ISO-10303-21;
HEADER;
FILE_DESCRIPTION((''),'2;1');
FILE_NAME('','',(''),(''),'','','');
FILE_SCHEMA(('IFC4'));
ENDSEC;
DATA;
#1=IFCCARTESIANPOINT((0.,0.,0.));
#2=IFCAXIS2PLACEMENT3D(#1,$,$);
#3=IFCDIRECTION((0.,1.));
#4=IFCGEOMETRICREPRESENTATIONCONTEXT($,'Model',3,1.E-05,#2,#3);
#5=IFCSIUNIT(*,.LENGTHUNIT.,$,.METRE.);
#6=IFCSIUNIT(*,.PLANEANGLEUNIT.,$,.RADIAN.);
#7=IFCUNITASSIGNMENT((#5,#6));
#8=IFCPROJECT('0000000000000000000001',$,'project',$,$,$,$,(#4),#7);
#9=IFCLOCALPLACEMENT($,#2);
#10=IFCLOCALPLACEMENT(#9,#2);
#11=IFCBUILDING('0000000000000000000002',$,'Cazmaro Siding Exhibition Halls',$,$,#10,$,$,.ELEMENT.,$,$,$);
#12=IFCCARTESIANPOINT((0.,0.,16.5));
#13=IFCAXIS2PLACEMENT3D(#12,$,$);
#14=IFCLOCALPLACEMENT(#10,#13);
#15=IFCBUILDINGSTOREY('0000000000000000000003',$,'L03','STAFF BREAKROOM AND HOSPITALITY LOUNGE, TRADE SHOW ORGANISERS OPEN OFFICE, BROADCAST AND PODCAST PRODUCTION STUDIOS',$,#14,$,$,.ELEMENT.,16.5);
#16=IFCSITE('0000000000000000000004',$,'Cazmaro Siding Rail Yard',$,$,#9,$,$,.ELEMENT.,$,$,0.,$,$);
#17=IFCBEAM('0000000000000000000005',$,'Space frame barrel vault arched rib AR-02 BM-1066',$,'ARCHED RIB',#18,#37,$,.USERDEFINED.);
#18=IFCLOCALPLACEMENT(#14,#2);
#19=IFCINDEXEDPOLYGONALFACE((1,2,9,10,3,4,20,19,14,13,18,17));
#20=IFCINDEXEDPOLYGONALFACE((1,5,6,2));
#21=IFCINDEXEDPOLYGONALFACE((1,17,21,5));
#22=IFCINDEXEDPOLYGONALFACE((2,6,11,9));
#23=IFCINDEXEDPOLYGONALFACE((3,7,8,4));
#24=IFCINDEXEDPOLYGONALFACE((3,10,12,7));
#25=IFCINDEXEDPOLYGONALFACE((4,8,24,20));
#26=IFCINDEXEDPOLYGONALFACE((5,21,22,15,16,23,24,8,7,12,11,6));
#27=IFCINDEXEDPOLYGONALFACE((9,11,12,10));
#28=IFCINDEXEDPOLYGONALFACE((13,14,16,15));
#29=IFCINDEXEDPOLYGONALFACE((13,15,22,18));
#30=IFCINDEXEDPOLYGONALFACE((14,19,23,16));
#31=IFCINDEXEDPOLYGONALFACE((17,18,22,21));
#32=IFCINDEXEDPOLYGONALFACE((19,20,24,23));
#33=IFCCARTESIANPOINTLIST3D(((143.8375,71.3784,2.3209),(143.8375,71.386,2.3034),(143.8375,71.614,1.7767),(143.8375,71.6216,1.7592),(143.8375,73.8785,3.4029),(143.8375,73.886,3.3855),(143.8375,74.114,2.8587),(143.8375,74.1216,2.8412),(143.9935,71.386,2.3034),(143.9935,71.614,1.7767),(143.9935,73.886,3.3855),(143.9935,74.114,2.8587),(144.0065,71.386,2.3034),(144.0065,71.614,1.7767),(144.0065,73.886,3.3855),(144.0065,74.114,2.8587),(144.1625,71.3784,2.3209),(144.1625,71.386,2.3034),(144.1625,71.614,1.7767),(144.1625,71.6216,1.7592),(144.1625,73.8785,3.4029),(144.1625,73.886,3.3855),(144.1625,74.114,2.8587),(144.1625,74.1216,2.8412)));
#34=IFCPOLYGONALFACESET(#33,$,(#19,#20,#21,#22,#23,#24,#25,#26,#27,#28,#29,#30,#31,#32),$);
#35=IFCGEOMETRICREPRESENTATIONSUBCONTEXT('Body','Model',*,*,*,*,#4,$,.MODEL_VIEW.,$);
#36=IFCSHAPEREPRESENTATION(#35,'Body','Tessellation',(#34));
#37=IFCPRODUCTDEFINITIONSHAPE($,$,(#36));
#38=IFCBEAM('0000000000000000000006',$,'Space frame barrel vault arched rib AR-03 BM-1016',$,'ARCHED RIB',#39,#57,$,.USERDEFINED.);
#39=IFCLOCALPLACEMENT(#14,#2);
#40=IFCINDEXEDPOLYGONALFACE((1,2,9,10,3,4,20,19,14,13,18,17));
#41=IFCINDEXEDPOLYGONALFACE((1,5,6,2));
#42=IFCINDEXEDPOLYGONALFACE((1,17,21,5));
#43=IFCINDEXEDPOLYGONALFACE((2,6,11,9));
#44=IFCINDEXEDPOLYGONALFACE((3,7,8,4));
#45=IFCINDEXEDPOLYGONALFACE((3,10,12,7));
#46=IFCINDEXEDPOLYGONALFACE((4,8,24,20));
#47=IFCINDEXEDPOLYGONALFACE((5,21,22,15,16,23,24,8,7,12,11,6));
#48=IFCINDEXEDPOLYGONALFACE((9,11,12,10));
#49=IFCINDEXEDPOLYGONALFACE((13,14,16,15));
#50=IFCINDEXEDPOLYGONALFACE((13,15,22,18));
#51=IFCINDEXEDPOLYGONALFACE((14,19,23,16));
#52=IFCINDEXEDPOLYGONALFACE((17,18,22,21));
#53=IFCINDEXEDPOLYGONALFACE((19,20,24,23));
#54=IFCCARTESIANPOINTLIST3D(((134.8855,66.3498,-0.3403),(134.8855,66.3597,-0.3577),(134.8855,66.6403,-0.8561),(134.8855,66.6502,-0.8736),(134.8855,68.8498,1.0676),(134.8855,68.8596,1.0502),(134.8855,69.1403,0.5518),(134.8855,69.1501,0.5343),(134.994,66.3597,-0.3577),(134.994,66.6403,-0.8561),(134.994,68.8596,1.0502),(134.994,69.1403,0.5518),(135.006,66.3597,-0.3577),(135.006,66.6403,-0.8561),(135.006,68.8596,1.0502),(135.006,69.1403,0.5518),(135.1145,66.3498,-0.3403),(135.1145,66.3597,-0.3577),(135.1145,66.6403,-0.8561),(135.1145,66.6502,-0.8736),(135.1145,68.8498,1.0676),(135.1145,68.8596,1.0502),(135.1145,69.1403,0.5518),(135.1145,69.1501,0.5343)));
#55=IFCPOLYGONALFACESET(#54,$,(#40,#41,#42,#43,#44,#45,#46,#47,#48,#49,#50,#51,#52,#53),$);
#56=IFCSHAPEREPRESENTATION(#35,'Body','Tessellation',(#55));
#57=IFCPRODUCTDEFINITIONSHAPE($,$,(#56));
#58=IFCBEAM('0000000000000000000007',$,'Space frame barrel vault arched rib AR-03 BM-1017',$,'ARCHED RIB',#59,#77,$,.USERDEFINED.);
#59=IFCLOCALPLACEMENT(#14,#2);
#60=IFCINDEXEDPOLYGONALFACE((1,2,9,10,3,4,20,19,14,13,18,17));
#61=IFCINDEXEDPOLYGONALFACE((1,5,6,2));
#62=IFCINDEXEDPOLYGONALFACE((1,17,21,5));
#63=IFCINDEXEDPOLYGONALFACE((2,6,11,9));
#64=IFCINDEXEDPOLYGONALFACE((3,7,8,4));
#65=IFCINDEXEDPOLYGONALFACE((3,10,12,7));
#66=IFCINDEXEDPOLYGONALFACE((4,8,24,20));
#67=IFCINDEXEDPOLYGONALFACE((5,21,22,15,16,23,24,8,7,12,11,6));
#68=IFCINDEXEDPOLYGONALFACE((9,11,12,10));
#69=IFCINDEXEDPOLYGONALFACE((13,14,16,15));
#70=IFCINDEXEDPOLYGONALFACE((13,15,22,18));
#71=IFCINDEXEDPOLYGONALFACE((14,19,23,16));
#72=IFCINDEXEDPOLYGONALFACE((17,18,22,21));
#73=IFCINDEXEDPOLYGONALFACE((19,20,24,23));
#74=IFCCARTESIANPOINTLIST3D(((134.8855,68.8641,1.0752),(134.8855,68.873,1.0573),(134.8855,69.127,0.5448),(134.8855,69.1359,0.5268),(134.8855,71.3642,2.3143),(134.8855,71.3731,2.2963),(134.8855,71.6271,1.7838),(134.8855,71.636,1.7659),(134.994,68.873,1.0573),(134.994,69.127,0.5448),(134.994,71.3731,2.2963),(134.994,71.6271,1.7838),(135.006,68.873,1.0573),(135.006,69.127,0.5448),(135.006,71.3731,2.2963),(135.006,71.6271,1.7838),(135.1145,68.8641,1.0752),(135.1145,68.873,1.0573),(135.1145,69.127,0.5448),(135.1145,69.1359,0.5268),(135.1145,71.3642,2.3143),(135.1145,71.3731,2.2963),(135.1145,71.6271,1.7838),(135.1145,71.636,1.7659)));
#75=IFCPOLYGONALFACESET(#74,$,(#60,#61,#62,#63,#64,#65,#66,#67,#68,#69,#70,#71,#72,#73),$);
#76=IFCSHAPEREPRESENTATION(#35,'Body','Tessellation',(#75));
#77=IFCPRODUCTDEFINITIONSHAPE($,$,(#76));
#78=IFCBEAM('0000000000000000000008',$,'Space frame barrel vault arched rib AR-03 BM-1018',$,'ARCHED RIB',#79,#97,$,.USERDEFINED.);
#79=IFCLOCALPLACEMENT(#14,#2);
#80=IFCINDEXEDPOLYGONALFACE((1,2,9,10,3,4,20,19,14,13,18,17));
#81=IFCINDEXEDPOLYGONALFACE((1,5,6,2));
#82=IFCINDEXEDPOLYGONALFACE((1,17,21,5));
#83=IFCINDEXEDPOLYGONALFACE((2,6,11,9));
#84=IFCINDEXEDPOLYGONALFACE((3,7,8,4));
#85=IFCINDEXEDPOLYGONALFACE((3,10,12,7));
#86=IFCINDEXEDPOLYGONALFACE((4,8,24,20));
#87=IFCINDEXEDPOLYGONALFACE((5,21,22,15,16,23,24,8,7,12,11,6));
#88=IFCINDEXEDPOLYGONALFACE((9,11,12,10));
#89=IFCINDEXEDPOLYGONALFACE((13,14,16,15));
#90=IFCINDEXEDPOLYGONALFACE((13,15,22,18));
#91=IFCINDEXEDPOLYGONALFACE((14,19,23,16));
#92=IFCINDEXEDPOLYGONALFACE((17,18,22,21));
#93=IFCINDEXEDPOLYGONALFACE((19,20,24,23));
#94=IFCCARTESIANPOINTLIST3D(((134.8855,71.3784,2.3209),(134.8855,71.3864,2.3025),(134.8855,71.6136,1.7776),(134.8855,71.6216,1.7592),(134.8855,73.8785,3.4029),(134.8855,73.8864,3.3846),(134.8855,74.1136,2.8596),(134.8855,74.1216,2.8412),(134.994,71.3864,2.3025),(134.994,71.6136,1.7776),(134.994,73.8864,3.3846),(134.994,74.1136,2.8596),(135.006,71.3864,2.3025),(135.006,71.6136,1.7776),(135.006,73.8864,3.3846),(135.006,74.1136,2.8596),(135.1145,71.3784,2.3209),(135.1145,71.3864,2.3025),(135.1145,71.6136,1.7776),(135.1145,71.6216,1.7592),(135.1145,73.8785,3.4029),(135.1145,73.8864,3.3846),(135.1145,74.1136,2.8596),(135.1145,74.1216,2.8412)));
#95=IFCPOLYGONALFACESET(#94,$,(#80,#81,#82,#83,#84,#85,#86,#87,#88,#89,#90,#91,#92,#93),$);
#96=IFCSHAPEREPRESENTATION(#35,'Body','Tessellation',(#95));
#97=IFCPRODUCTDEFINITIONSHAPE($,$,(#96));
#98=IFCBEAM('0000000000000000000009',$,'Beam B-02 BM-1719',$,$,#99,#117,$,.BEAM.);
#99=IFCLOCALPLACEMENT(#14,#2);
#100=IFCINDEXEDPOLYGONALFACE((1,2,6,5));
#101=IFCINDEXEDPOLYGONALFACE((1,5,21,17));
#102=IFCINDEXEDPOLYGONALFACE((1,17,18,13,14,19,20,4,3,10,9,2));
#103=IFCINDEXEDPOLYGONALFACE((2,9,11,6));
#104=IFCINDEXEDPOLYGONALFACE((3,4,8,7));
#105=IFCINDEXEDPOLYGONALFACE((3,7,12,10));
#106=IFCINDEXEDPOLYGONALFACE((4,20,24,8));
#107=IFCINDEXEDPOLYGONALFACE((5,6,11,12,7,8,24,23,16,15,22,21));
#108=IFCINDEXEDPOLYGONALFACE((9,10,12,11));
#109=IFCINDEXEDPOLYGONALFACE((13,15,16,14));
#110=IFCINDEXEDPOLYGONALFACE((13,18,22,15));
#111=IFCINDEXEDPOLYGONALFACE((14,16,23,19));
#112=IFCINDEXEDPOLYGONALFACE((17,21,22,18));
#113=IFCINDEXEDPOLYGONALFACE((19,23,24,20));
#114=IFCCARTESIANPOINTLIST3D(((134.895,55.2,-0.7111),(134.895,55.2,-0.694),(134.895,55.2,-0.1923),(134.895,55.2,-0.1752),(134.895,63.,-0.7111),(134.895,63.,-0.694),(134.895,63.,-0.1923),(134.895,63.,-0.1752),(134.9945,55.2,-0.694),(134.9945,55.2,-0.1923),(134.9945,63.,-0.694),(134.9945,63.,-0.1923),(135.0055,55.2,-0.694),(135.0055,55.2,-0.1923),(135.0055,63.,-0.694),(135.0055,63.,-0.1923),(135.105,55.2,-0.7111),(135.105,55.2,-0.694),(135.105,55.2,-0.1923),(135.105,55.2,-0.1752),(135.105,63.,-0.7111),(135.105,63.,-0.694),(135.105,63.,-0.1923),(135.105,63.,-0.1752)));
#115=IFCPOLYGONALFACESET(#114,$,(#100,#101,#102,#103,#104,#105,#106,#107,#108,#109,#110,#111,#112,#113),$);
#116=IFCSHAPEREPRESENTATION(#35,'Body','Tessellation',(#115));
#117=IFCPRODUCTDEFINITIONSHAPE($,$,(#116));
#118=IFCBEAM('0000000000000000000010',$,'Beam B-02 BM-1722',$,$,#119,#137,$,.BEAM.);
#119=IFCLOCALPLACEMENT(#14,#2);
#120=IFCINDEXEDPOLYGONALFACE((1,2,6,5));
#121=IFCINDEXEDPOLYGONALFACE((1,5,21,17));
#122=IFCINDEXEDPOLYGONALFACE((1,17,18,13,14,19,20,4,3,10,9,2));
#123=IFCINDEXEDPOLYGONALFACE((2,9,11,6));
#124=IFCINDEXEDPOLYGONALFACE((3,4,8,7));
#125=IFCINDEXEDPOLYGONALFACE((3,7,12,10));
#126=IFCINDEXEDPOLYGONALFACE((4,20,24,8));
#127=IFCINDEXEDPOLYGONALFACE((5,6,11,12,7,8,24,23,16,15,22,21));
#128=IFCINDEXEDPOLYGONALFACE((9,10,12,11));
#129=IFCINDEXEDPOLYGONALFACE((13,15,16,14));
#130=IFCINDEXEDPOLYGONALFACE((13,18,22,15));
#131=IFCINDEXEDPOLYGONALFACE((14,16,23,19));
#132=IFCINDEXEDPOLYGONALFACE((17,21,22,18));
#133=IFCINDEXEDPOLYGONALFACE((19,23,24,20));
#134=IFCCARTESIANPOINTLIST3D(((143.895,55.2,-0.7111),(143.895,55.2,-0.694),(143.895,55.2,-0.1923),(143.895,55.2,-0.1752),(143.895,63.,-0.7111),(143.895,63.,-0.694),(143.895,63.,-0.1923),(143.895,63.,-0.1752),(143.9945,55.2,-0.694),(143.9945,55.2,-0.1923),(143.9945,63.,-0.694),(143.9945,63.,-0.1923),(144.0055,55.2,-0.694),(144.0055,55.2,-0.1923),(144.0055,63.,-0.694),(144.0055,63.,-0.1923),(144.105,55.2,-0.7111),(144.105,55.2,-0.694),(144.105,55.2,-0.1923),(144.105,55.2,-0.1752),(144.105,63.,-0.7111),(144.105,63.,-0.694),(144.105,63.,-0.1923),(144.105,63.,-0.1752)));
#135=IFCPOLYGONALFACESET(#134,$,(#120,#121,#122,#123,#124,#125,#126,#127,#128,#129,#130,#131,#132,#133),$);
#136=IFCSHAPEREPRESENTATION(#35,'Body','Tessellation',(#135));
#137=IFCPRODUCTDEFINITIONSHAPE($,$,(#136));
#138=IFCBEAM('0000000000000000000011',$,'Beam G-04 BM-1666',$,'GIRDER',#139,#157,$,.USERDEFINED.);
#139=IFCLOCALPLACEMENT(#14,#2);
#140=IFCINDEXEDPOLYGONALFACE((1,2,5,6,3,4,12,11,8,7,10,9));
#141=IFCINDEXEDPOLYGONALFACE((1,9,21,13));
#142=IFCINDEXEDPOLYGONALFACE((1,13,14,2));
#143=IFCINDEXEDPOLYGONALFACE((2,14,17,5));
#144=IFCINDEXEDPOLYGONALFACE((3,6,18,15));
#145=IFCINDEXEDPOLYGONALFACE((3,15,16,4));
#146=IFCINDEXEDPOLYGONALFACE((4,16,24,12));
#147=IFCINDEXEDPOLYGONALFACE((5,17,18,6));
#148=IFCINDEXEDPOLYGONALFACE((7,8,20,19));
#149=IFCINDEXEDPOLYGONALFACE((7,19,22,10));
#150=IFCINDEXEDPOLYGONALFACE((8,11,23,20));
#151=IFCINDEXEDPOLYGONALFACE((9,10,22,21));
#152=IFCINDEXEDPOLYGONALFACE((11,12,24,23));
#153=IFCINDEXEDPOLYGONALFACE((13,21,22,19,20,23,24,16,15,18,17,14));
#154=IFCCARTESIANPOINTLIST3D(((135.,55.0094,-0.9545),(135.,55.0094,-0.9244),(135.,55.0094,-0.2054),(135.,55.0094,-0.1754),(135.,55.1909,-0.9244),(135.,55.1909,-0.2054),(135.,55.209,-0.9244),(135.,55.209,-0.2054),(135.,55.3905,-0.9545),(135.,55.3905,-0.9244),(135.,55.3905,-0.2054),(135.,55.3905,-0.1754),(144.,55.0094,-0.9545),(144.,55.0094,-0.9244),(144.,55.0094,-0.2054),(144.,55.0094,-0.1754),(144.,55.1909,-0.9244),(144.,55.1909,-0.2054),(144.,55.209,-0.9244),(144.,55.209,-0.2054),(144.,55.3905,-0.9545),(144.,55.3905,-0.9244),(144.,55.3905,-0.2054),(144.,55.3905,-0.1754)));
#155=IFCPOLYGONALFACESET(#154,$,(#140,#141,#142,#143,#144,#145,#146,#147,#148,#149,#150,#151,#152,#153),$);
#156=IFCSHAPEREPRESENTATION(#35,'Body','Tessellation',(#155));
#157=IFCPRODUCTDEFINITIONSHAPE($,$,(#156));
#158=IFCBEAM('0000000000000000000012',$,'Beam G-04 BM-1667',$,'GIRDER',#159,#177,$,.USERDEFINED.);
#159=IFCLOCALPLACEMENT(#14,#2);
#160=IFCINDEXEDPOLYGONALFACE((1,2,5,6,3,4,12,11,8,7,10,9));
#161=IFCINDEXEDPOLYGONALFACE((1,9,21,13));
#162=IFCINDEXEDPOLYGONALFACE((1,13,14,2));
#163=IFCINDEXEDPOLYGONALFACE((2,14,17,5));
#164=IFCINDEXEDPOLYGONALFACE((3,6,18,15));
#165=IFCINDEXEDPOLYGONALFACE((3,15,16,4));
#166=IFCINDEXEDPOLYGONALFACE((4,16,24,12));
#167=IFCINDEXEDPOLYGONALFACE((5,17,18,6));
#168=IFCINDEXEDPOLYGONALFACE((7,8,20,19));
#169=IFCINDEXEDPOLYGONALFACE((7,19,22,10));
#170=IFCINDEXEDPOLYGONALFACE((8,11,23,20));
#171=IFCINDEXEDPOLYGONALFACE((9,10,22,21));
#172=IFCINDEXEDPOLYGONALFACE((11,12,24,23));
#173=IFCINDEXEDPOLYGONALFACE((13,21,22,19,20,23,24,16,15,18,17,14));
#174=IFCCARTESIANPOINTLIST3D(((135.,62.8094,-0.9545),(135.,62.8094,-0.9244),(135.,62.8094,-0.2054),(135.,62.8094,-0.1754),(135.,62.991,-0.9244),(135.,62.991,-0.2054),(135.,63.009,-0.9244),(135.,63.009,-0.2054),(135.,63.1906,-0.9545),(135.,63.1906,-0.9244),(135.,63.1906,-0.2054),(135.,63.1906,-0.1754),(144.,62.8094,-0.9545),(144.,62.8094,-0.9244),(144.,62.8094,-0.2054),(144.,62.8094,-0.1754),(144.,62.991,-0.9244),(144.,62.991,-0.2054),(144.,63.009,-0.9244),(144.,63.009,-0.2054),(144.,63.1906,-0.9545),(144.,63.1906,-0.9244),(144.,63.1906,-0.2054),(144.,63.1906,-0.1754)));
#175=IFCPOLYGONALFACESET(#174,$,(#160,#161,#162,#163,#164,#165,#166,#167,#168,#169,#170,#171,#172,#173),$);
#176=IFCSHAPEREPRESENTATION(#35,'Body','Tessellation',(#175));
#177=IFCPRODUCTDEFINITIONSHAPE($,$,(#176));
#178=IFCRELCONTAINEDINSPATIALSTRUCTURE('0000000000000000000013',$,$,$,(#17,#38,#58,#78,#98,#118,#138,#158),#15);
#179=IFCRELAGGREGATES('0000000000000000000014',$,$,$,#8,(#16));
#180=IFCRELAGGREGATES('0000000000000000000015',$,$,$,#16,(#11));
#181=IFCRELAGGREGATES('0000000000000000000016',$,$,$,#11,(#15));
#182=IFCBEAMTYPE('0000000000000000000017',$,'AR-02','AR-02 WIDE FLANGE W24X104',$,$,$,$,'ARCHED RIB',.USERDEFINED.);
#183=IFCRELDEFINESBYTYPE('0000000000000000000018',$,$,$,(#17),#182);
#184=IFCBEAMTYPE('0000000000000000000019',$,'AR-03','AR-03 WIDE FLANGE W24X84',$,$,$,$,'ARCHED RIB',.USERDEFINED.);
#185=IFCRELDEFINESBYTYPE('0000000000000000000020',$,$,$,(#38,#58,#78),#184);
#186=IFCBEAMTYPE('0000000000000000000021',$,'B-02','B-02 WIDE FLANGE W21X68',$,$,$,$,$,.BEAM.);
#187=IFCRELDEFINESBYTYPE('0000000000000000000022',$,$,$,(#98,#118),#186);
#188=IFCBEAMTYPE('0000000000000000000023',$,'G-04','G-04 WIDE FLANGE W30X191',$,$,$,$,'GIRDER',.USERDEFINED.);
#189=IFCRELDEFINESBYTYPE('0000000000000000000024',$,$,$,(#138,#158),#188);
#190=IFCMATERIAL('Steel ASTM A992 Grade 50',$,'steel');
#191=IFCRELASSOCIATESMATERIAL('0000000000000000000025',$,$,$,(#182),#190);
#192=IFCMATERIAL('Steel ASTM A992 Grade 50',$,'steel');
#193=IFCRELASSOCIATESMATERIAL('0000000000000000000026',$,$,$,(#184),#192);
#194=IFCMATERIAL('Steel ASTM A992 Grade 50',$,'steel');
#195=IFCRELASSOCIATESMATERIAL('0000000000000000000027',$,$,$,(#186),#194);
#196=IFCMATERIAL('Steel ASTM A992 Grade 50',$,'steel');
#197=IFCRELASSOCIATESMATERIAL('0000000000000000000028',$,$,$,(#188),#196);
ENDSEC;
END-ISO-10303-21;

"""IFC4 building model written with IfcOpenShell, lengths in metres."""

from ifc_helpers import new_model, si_unit, direction, frame, origin, origin_2d, place, context, subcontext, project, spatial, i_section, extrude, material, material_profile, profile_set, type_object, element, save


model = new_model("IFC4")

# Units and contexts
model_context = context("Model", 3, precision=1e-05, world=origin(), true_north=direction((0.0, 1.0)))
body_context = subcontext(model_context, "Body", "Model", "MODEL_VIEW")
ifc_project = project(units=[si_unit("LENGTHUNIT", "METRE"), si_unit("PLANEANGLEUNIT", "RADIAN")], contexts=[model_context])

# Site, building, storey
site_placement = place(None, origin())
site = spatial("IfcSite", under=ifc_project, at=site_placement, Name="Cazmaro Siding Rail Yard", CompositionType="ELEMENT", RefElevation=0.0)
building_placement = place(site_placement, origin())
building = spatial("IfcBuilding", under=site, at=building_placement, Name="Cazmaro Siding Exhibition Halls", CompositionType="ELEMENT")
storey_placement = place(building_placement, frame((0.0, 0.0, 16.5)))
storey = spatial("IfcBuildingStorey", under=building, at=storey_placement, Name="L03", Description="STAFF BREAKROOM AND HOSPITALITY LOUNGE, TRADE SHOW ORGANISERS OPEN OFFICE, BROADCAST AND PODCAST PRODUCTION STUDIOS", CompositionType="ELEMENT", Elevation=16.5)

# Beams
ifc_material_1 = material(Name="Steel ASTM A992 Grade 50", Category="steel")
ifc_material_profile_1 = material_profile(ifc_material_1, i_section(OverallWidth=0.325, OverallDepth=0.6121, WebThickness=0.0129, FlangeThickness=0.019, at=origin_2d()), Name="W24X104")
ifc_profile_set_1 = profile_set([ifc_material_profile_1], Name="Steel ASTM A992 Grade 50")
beam_type_1 = type_object("IfcBeamType", Name="AR-02", Description="AR-02 WIDE FLANGE W24X104", ElementType="ARCHED RIB", PredefinedType="USERDEFINED", material=ifc_profile_set_1)
beam_1_placement = place(storey_placement, frame((144.0, 71.5, 2.04), z_axis=(0.0, 0.91773, 0.397205), x_axis=(-1.0, 0.0, 0.0)))
element("IfcBeam", 1, at=beam_1_placement, inside=storey, type_object=beam_type_1, Name="Space frame barrel vault arched rib AR-02 BM-1066", ObjectType="ARCHED RIB", PredefinedType="USERDEFINED", context=body_context, shape_type="SweptSolid", body=[
    extrude(i_section(OverallWidth=0.325, OverallDepth=0.6121, WebThickness=0.0129, FlangeThickness=0.019, at=origin_2d()), origin(), (0.0, 0.0, 1.0), 2.7241),
])
ifc_material_2 = material(Name="Steel ASTM A992 Grade 50", Category="steel")
ifc_material_profile_2 = material_profile(ifc_material_2, i_section(OverallWidth=0.229, OverallDepth=0.6121, WebThickness=0.012, FlangeThickness=0.02, at=origin_2d()), Name="W24X84")
ifc_profile_set_2 = profile_set([ifc_material_profile_2], Name="Steel ASTM A992 Grade 50")
beam_type_2 = type_object("IfcBeamType", Name="AR-03", Description="AR-03 WIDE FLANGE W24X84", ElementType="ARCHED RIB", PredefinedType="USERDEFINED", material=ifc_profile_set_2)
beam_2_placement = place(storey_placement, frame((135.0, 66.5, -0.6069), z_axis=(0.0, 0.871321, 0.490714), x_axis=(-1.0, 0.0, 0.0)))
element("IfcBeam", 2, at=beam_2_placement, inside=storey, type_object=beam_type_2, Name="Space frame barrel vault arched rib AR-03 BM-1016", ObjectType="ARCHED RIB", PredefinedType="USERDEFINED", context=body_context, shape_type="SweptSolid", body=[
    extrude(i_section(OverallWidth=0.229, OverallDepth=0.6121, WebThickness=0.012, FlangeThickness=0.02, at=origin_2d()), origin(), (0.0, 0.0, 1.0), 2.8691),
])
beam_3_placement = place(storey_placement, frame((135.0, 69.0, 0.801), z_axis=(0.0, 0.895997, 0.444061), x_axis=(-1.0, 0.0, 0.0)))
element("IfcBeam", 3, at=beam_3_placement, inside=storey, type_object=beam_type_2, Name="Space frame barrel vault arched rib AR-03 BM-1017", ObjectType="ARCHED RIB", PredefinedType="USERDEFINED", context=body_context, shape_type="SweptSolid", body=[
    extrude(i_section(OverallWidth=0.229, OverallDepth=0.6121, WebThickness=0.012, FlangeThickness=0.02, at=origin_2d()), origin(), (0.0, 0.0, 1.0), 2.7903),
])
beam_4_placement = place(storey_placement, frame((135.0, 71.5, 2.04), z_axis=(0.0, 0.91773, 0.397205), x_axis=(-1.0, 0.0, 0.0)))
element("IfcBeam", 4, at=beam_4_placement, inside=storey, type_object=beam_type_2, Name="Space frame barrel vault arched rib AR-03 BM-1018", ObjectType="ARCHED RIB", PredefinedType="USERDEFINED", context=body_context, shape_type="SweptSolid", body=[
    extrude(i_section(OverallWidth=0.229, OverallDepth=0.6121, WebThickness=0.012, FlangeThickness=0.02, at=origin_2d()), origin(), (0.0, 0.0, 1.0), 2.7241),
])
ifc_material_3 = material(Name="Steel ASTM A992 Grade 50", Category="steel")
ifc_material_profile_3 = material_profile(ifc_material_3, i_section(OverallWidth=0.21, OverallDepth=0.5359, WebThickness=0.011, FlangeThickness=0.0171, at=origin_2d()), Name="W21X68")
ifc_profile_set_3 = profile_set([ifc_material_profile_3], Name="Steel ASTM A992 Grade 50")
beam_type_3 = type_object("IfcBeamType", Name="B-02", Description="B-02 WIDE FLANGE W21X68", PredefinedType="BEAM", material=ifc_profile_set_3)
for number, where, z_axis, x_axis, name in (
    (5, (135.0, 55.2, -0.4431), (0.0, 1.0, 0.0), (-1.0, 0.0, 0.0), "Beam B-02 BM-1719"),
    (6, (144.0, 55.2, -0.4431), (0.0, 1.0, 0.0), (-1.0, 0.0, 0.0), "Beam B-02 BM-1722"),
):
    element("IfcBeam", number, at=place(storey_placement, frame(where, z_axis=z_axis, x_axis=x_axis)), inside=storey, type_object=beam_type_3, Name=name, PredefinedType="BEAM", context=body_context, shape_type="SweptSolid", body=[
        extrude(i_section(OverallWidth=0.21, OverallDepth=0.5359, WebThickness=0.011, FlangeThickness=0.0171, at=origin_2d()), origin(), (0.0, 0.0, 1.0), 7.8),
    ])
ifc_material_4 = material(Name="Steel ASTM A992 Grade 50", Category="steel")
ifc_material_profile_4 = material_profile(ifc_material_4, i_section(OverallWidth=0.3811, OverallDepth=0.7791, WebThickness=0.0181, FlangeThickness=0.03, at=origin_2d()), Name="W30X191")
ifc_profile_set_4 = profile_set([ifc_material_profile_4], Name="Steel ASTM A992 Grade 50")
beam_type_4 = type_object("IfcBeamType", Name="G-04", Description="G-04 WIDE FLANGE W30X191", ElementType="GIRDER", PredefinedType="USERDEFINED", material=ifc_profile_set_4)
for number, where, z_axis, x_axis, name in (
    (7, (135.0, 55.2, -0.5649), (1.0, 0.0, 0.0), (0.0, 1.0, 0.0), "Beam G-04 BM-1666"),
    (8, (135.0, 63.0, -0.5649), (1.0, 0.0, 0.0), (0.0, 1.0, 0.0), "Beam G-04 BM-1667"),
):
    element("IfcBeam", number, at=place(storey_placement, frame(where, z_axis=z_axis, x_axis=x_axis)), inside=storey, type_object=beam_type_4, Name=name, ObjectType="GIRDER", PredefinedType="USERDEFINED", context=body_context, shape_type="SweptSolid", body=[
        extrude(i_section(OverallWidth=0.3811, OverallDepth=0.7791, WebThickness=0.0181, FlangeThickness=0.03, at=origin_2d()), origin(), (0.0, 0.0, 1.0), 9.0),
    ])

save(model, "model.ifc")
